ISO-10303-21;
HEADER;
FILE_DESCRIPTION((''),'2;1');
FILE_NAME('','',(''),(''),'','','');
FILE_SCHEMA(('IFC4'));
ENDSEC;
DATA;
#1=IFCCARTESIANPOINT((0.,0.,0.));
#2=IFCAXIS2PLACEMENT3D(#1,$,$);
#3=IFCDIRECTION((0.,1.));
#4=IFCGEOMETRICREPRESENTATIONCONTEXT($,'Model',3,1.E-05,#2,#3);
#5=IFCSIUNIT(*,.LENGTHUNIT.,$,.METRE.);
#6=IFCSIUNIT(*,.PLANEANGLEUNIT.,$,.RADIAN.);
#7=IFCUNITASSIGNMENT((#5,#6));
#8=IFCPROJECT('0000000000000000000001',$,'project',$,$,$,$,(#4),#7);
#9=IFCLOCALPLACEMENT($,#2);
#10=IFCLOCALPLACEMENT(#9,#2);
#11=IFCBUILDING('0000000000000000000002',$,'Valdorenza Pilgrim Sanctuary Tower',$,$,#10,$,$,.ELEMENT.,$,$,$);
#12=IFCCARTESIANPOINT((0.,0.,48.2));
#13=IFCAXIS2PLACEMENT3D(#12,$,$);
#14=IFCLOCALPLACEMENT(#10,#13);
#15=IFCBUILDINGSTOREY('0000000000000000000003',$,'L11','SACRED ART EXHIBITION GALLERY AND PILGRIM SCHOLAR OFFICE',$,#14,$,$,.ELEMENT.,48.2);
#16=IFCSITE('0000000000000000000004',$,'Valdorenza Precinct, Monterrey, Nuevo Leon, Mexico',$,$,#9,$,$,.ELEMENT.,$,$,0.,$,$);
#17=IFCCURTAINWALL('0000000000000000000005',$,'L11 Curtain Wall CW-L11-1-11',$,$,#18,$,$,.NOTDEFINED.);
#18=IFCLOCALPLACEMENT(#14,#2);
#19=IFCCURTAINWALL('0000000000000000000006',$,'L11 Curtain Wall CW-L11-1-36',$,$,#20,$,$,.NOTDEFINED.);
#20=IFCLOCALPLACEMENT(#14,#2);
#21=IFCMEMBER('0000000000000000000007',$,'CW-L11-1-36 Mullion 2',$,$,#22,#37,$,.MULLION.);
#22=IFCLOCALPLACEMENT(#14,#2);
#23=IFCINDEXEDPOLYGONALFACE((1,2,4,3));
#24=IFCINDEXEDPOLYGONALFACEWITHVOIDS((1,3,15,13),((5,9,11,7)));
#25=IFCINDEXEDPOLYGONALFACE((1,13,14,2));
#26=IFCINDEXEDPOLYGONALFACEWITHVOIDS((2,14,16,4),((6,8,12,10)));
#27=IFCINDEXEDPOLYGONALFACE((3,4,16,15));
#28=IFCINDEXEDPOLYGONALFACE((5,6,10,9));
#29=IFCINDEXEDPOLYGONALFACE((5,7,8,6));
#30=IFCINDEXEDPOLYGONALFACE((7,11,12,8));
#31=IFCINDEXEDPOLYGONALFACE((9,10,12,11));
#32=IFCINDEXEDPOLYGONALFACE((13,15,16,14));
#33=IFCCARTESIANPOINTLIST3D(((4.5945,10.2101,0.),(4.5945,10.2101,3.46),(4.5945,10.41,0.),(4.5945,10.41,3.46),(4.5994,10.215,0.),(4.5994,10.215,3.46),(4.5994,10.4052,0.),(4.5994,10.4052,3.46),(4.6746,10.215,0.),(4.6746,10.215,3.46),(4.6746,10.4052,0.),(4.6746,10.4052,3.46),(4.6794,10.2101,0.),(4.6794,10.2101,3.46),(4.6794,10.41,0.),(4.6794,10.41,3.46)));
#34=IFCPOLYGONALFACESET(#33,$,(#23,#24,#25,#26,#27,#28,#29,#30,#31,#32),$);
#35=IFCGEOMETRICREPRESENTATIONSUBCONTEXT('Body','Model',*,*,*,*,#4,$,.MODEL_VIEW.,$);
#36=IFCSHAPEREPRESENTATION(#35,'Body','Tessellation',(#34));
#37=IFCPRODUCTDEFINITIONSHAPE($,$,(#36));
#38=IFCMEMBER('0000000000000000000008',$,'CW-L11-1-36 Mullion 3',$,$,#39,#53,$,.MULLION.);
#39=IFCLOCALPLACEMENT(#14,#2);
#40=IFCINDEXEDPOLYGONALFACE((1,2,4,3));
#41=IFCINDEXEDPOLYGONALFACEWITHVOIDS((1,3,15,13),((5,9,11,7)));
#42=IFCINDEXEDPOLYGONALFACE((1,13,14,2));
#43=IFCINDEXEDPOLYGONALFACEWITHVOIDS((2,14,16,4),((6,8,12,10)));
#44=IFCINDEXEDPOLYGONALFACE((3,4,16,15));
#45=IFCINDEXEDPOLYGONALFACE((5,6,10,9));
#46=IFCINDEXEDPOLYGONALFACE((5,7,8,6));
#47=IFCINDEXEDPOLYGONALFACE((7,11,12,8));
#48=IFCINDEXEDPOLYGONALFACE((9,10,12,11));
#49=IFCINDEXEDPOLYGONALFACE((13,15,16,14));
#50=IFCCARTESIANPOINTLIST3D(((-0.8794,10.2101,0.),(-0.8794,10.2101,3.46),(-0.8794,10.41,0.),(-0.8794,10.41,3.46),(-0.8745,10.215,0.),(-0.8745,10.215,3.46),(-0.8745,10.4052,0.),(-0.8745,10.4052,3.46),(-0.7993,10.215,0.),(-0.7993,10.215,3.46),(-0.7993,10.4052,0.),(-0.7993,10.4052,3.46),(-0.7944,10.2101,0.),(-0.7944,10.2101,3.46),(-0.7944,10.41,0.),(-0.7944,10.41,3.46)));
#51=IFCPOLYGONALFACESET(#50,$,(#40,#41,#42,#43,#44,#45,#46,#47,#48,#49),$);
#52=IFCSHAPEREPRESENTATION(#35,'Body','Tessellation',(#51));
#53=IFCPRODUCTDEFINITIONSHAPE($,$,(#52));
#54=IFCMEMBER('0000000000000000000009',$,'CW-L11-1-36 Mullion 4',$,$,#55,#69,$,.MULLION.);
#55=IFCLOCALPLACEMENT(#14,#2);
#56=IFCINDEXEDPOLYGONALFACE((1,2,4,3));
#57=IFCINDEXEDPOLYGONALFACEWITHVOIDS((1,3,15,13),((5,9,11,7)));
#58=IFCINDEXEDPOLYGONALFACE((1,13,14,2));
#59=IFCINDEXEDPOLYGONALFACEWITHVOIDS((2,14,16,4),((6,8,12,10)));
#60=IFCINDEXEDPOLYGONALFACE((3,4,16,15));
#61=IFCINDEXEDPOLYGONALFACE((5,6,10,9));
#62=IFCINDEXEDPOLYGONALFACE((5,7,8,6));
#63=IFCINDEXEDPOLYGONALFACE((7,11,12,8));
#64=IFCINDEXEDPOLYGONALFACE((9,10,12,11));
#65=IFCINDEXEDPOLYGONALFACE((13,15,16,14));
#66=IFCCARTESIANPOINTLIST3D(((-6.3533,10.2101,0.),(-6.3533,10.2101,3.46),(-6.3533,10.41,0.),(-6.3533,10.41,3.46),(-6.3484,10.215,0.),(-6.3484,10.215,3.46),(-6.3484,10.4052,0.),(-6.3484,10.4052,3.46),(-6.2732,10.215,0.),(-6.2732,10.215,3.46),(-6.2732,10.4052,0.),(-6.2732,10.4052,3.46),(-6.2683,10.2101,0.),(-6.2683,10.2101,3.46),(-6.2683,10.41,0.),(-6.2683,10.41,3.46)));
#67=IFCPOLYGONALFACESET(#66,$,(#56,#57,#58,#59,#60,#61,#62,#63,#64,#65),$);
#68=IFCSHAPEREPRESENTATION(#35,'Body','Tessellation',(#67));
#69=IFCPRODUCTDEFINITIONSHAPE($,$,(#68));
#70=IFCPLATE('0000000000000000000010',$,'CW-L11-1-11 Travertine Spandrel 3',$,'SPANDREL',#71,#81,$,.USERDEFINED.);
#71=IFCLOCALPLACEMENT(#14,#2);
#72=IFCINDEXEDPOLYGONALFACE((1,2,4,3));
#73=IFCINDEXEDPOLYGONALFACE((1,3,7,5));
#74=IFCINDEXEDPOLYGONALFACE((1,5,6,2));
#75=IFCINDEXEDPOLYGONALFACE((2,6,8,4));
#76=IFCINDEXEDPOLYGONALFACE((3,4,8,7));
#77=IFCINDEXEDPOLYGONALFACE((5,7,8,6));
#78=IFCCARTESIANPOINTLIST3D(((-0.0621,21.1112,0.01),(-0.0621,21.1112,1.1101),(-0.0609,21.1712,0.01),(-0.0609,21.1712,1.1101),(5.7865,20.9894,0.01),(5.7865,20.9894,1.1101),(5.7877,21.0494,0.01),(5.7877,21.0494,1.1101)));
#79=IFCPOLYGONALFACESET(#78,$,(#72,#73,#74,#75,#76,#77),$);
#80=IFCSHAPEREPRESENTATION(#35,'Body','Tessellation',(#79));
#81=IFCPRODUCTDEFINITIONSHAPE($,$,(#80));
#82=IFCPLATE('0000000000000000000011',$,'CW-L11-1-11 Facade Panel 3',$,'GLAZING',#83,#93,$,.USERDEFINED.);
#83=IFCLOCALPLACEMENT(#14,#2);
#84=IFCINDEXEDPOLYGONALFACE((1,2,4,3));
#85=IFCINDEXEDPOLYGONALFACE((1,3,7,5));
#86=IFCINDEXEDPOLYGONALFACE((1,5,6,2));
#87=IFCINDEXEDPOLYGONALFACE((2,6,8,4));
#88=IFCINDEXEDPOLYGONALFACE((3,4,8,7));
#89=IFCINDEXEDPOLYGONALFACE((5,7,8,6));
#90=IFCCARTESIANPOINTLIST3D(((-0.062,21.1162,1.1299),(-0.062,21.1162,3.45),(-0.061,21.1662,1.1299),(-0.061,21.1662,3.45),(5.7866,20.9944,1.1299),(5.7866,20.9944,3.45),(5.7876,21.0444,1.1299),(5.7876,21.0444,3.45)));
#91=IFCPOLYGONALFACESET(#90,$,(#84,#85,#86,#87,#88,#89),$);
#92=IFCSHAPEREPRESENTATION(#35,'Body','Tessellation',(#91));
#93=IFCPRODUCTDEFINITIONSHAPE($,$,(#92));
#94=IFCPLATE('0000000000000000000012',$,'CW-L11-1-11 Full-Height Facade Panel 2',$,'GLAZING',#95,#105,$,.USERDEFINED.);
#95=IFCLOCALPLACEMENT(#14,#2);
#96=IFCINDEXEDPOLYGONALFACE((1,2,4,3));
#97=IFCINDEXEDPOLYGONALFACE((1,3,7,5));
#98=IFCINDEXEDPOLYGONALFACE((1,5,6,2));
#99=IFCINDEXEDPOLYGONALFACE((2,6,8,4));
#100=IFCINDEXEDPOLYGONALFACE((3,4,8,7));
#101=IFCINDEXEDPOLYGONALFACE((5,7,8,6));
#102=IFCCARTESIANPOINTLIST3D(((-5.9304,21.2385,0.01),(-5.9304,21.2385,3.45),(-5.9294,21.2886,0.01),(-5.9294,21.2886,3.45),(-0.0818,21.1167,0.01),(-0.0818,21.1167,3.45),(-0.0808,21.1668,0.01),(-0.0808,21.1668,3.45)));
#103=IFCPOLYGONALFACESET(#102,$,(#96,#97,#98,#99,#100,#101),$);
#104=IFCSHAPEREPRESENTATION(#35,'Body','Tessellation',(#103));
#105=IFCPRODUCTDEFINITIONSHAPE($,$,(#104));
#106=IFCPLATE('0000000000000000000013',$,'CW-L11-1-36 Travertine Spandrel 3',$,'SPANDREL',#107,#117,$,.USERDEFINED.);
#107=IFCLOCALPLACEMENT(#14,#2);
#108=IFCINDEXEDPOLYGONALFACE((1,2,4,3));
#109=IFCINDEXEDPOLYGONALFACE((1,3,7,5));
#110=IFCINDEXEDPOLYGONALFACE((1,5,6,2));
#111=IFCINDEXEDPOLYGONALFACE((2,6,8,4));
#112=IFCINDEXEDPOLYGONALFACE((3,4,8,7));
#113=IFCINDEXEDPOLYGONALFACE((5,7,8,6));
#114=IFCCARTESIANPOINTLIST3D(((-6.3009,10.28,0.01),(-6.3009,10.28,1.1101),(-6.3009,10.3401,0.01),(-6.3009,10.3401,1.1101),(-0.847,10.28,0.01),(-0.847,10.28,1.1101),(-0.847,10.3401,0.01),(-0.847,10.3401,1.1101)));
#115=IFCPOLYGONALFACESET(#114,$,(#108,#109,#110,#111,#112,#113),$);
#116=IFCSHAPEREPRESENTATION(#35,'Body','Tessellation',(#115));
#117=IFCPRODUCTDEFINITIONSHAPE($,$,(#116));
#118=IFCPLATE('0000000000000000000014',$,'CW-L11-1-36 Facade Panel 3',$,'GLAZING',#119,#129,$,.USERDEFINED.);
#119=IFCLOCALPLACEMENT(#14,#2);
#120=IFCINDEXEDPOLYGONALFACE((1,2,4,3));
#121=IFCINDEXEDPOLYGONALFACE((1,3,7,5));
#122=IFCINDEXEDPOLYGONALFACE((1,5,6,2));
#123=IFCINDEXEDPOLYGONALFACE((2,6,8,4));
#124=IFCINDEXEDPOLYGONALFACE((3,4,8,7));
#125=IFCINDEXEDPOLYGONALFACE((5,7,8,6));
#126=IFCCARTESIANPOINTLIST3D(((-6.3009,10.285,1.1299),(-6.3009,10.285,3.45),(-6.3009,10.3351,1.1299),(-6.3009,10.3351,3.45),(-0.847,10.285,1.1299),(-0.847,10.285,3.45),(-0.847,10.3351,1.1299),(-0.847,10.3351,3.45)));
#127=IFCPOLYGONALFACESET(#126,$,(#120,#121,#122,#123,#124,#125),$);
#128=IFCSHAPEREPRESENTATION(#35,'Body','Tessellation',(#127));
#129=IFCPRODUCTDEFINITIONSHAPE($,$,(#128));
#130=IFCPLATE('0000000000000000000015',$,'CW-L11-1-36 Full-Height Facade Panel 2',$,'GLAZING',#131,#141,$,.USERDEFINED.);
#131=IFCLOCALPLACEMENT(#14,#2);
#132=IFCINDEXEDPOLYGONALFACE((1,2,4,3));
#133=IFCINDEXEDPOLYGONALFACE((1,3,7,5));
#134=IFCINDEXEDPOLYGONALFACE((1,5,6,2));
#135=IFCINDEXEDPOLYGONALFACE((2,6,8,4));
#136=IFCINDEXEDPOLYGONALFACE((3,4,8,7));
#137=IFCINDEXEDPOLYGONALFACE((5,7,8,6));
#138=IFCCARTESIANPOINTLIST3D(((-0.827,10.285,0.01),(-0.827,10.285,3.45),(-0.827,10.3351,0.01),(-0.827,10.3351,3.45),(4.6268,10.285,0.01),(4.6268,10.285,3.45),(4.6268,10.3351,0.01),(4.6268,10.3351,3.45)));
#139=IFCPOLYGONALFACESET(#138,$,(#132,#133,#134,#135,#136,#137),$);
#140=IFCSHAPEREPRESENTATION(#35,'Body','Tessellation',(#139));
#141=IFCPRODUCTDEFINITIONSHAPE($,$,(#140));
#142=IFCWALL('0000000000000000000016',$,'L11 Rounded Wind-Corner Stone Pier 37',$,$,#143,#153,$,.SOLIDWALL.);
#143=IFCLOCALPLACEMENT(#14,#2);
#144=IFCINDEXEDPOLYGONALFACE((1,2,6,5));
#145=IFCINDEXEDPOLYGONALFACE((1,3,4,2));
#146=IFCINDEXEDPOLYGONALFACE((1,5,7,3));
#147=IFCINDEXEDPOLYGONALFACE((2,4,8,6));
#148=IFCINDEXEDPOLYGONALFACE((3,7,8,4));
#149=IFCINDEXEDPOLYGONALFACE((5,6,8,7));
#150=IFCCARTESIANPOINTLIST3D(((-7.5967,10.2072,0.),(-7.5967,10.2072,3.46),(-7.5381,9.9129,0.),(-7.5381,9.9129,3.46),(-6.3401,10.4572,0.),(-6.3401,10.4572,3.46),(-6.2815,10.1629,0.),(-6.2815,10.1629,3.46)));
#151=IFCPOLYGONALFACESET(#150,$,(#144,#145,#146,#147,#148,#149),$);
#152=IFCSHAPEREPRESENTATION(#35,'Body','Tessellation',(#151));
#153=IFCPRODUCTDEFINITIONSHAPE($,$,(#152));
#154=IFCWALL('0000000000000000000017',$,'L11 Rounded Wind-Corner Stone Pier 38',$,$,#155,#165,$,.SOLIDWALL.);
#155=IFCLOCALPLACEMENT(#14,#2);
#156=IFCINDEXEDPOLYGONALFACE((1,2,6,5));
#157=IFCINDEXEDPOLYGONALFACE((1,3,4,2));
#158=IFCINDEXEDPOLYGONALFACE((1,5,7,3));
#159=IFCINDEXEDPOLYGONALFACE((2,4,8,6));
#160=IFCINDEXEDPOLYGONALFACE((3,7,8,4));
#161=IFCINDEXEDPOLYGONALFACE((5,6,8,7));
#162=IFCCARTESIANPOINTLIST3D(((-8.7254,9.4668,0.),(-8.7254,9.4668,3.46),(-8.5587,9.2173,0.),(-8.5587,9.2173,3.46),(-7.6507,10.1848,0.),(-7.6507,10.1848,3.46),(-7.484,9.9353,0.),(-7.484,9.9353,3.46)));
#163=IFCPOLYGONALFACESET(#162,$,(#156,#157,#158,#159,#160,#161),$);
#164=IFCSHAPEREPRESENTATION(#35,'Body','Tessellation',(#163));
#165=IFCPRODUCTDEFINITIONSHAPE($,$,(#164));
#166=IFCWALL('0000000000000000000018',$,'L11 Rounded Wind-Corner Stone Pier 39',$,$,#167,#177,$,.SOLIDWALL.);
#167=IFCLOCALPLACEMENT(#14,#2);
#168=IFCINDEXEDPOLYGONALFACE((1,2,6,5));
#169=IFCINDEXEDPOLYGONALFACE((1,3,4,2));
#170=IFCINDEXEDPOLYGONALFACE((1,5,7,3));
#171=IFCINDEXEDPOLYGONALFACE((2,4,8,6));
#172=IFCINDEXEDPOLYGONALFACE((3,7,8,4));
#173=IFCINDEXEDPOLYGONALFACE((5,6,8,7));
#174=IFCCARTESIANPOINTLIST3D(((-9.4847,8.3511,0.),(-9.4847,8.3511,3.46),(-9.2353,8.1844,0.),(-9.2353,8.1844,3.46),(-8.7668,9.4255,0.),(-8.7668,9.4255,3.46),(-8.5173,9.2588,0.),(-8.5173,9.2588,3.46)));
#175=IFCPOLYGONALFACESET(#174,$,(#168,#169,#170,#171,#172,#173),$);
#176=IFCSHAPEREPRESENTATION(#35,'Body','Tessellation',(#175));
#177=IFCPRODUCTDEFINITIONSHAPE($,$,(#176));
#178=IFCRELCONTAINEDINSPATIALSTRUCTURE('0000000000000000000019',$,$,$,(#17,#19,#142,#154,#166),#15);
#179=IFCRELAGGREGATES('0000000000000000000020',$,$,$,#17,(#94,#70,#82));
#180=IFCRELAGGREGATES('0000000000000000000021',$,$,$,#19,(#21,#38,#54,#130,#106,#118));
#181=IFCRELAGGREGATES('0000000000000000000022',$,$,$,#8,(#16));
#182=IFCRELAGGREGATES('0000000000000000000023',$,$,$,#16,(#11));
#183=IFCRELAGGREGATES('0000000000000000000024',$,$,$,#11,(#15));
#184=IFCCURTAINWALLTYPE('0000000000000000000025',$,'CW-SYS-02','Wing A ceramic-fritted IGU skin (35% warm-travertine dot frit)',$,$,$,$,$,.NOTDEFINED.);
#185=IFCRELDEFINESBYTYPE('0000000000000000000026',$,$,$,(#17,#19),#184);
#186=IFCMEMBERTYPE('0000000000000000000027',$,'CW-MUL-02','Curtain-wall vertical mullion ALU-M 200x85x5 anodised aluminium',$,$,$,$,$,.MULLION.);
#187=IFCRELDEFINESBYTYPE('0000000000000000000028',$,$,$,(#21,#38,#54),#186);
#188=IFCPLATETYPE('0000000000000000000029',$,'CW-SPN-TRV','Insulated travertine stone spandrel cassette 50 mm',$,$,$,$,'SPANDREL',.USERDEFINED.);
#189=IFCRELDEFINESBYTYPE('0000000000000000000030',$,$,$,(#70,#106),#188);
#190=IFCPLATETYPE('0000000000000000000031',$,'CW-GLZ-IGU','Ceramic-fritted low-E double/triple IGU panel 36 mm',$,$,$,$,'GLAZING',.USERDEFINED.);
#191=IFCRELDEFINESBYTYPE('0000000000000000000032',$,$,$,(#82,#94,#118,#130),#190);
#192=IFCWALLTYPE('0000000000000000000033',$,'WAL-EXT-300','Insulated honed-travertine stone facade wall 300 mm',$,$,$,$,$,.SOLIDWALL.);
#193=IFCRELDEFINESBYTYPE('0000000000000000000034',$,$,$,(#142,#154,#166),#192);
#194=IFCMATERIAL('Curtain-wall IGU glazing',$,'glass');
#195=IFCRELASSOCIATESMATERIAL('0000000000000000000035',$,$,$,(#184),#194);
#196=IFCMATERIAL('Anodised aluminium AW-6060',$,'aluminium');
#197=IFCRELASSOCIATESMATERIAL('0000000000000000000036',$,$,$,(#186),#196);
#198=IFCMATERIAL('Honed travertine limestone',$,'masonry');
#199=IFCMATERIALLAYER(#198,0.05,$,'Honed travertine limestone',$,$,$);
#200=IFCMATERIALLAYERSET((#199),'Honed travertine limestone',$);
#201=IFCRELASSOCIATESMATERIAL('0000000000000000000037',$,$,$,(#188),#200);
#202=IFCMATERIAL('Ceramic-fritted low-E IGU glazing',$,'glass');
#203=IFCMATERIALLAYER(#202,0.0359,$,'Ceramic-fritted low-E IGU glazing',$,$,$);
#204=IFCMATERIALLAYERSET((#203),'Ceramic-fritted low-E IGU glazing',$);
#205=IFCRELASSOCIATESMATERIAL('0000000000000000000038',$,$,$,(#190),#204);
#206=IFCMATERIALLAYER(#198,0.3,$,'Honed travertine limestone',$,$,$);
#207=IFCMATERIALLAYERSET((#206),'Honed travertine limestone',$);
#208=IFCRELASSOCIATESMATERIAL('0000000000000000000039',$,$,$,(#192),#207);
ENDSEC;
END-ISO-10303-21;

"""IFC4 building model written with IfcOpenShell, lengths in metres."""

from ifc_helpers import new_model, si_unit, direction, frame, frame_2d, origin, origin_2d, place, context, subcontext, project, spatial, rectangle, hollow_rectangle, extrude, source, transform, mapped, material, layer, layer_set, material_profile, profile_set, type_object, element, aggregate, save


model = new_model("IFC4")

# Units and contexts
model_context = context("Model", 3, precision=1e-05, world=origin(), true_north=direction((0.0, 1.0)))
body_context = subcontext(model_context, "Body", "Model", "MODEL_VIEW")
ifc_project = project(units=[si_unit("LENGTHUNIT", "METRE"), si_unit("PLANEANGLEUNIT", "RADIAN")], contexts=[model_context])

# Site, building, storey
site_placement = place(None, origin())
site = spatial("IfcSite", under=ifc_project, at=site_placement, Name="Valdorenza Precinct, Monterrey, Nuevo Leon, Mexico", CompositionType="ELEMENT", RefElevation=0.0)
building_placement = place(site_placement, origin())
building = spatial("IfcBuilding", under=site, at=building_placement, Name="Valdorenza Pilgrim Sanctuary Tower", CompositionType="ELEMENT")
storey_placement = place(building_placement, frame((0.0, 0.0, 48.2)))
storey = spatial("IfcBuildingStorey", under=building, at=storey_placement, Name="L11", Description="SACRED ART EXHIBITION GALLERY AND PILGRIM SCHOLAR OFFICE", CompositionType="ELEMENT", Elevation=48.2)

# Curtain walls, members
ifc_material_1 = material(Name="Curtain-wall IGU glazing", Category="glass")
curtain_wall_type = type_object("IfcCurtainWallType", Name="CW-SYS-02", Description="Wing A ceramic-fritted IGU skin (35% warm-travertine dot frit)", PredefinedType="NOTDEFINED", material=ifc_material_1)
curtain_wall_1_placement = place(storey_placement, origin())
curtain_wall_1 = element("IfcCurtainWall", 1, at=curtain_wall_1_placement, inside=storey, type_object=curtain_wall_type, Name="L11 Curtain Wall CW-L11-1-11", PredefinedType="NOTDEFINED")
ifc_material_2 = material(Name="Anodised aluminium AW-6060", Category="aluminium")
ifc_material_profile_1 = material_profile(ifc_material_2, hollow_rectangle(XDim=0.085, YDim=0.2, WallThickness=0.0049, at=origin_2d()), Name="ALU-M 200x85x5")
ifc_profile_set_1 = profile_set([ifc_material_profile_1], Name="Anodised aluminium AW-6060")
member_type = type_object("IfcMemberType", Name="CW-MUL-02", Description="Curtain-wall vertical mullion ALU-M 200x85x5 anodised aluminium", PredefinedType="MULLION", material=ifc_profile_set_1)
shared_shape_1 = source(origin(), body_context, "Body", "SweptSolid", [
    extrude(hollow_rectangle(XDim=0.085, YDim=0.2, WallThickness=0.0049, at=origin_2d()), origin(), (0.0, 0.0, 1.0), 3.46),
])
curtain_wall_2_placement = place(storey_placement, origin())
curtain_wall_2 = element("IfcCurtainWall", 2, at=curtain_wall_2_placement, inside=storey, type_object=curtain_wall_type, Name="L11 Curtain Wall CW-L11-1-36", PredefinedType="NOTDEFINED")
member_1_placement = place(storey_placement, frame((4.637, 10.3101, 0.0), z_axis=(0.0, 0.0, 1.0), x_axis=(-1.0, 0.0, 0.0)))
member_1 = element("IfcMember", 3, at=member_1_placement, type_object=member_type, Name="CW-L11-1-36 Mullion 2", PredefinedType="MULLION", context=body_context, shape_type="MappedRepresentation", body=[
    mapped(shared_shape_1, transform((0.0, 0.0, 0.0), x_axis=(1.0, 0.0, 0.0), y_axis=(0.0, 1.0, 0.0), z_axis=(0.0, 0.0, 1.0), scale=1.0)),
])
member_2_placement = place(storey_placement, frame((-0.8369, 10.3101, 0.0), z_axis=(0.0, 0.0, 1.0), x_axis=(-1.0, 0.0, 0.0)))
member_2 = element("IfcMember", 4, at=member_2_placement, type_object=member_type, Name="CW-L11-1-36 Mullion 3", PredefinedType="MULLION", context=body_context, shape_type="MappedRepresentation", body=[
    mapped(shared_shape_1, transform((0.0, 0.0, 0.0), x_axis=(1.0, 0.0, 0.0), y_axis=(0.0, 1.0, 0.0), z_axis=(0.0, 0.0, 1.0), scale=1.0)),
])
member_3_placement = place(storey_placement, frame((-6.3108, 10.3101, 0.0), z_axis=(0.0, 0.0, 1.0), x_axis=(-1.0, 0.0, 0.0)))
member_3 = element("IfcMember", 5, at=member_3_placement, type_object=member_type, Name="CW-L11-1-36 Mullion 4", PredefinedType="MULLION", context=body_context, shape_type="MappedRepresentation", body=[
    mapped(shared_shape_1, transform((0.0, 0.0, 0.0), x_axis=(1.0, 0.0, 0.0), y_axis=(0.0, 1.0, 0.0), z_axis=(0.0, 0.0, 1.0), scale=1.0)),
])

# Plates
ifc_material_3 = material(Name="Honed travertine limestone", Category="masonry")
ifc_layer_1 = layer(ifc_material_3, 0.05, Name="Honed travertine limestone")
ifc_layer_set_1 = layer_set([ifc_layer_1], Name="Honed travertine limestone")
plate_type_1 = type_object("IfcPlateType", Name="CW-SPN-TRV", Description="Insulated travertine stone spandrel cassette 50 mm", ElementType="SPANDREL", PredefinedType="USERDEFINED", material=ifc_layer_set_1)
shared_shape_2 = source(origin(), body_context, "Body", "SweptSolid", [
    extrude(rectangle(XDim=5.8499, YDim=0.0601, at=origin_2d()), origin(), (0.0, 0.0, 1.0), 1.1001),
])
plate_1_placement = place(storey_placement, frame((2.8628, 21.0803, 0.01), z_axis=(0.0, 0.0, 1.0), x_axis=(0.999783, -0.02082, 0.0)))
plate_1 = element("IfcPlate", 6, at=plate_1_placement, type_object=plate_type_1, Name="CW-L11-1-11 Travertine Spandrel 3", ObjectType="SPANDREL", PredefinedType="USERDEFINED", context=body_context, shape_type="MappedRepresentation", body=[
    mapped(shared_shape_2, transform((0.0, 0.0, 0.0), x_axis=(1.0, 0.0, 0.0), y_axis=(0.0, 1.0, 0.0), z_axis=(0.0, 0.0, 1.0), scale=1.0)),
])
ifc_material_4 = material(Name="Ceramic-fritted low-E IGU glazing", Category="glass")
ifc_layer_2 = layer(ifc_material_4, 0.0359, Name="Ceramic-fritted low-E IGU glazing")
ifc_layer_set_2 = layer_set([ifc_layer_2], Name="Ceramic-fritted low-E IGU glazing")
plate_type_2 = type_object("IfcPlateType", Name="CW-GLZ-IGU", Description="Ceramic-fritted low-E double/triple IGU panel 36 mm", ElementType="GLAZING", PredefinedType="USERDEFINED", material=ifc_layer_set_2)
shared_shape_3 = source(origin(), body_context, "Body", "SweptSolid", [
    extrude(rectangle(XDim=5.8499, YDim=0.05, at=origin_2d()), origin(), (0.0, 0.0, 1.0), 2.3201),
])
plate_2_placement = place(storey_placement, frame((2.8628, 21.0803, 1.1299), z_axis=(0.0, 0.0, 1.0), x_axis=(0.999783, -0.02082, 0.0)))
plate_2 = element("IfcPlate", 7, at=plate_2_placement, type_object=plate_type_2, Name="CW-L11-1-11 Facade Panel 3", ObjectType="GLAZING", PredefinedType="USERDEFINED", context=body_context, shape_type="MappedRepresentation", body=[
    mapped(shared_shape_3, transform((0.0, 0.0, 0.0), x_axis=(1.0, 0.0, 0.0), y_axis=(0.0, 1.0, 0.0), z_axis=(0.0, 0.0, 1.0), scale=1.0)),
])
shared_shape_4 = source(origin(), body_context, "Body", "SweptSolid", [
    extrude(rectangle(XDim=5.8499, YDim=0.05, at=origin_2d()), origin(), (0.0, 0.0, 1.0), 3.4399),
])
plate_3_placement = place(storey_placement, frame((-3.0056, 21.2026, 0.01), z_axis=(0.0, 0.0, 1.0), x_axis=(0.999783, -0.02082, 0.0)))
plate_3 = element("IfcPlate", 8, at=plate_3_placement, type_object=plate_type_2, Name="CW-L11-1-11 Full-Height Facade Panel 2", ObjectType="GLAZING", PredefinedType="USERDEFINED", context=body_context, shape_type="MappedRepresentation", body=[
    mapped(shared_shape_4, transform((0.0, 0.0, 0.0), x_axis=(1.0, 0.0, 0.0), y_axis=(0.0, 1.0, 0.0), z_axis=(0.0, 0.0, 1.0), scale=1.0)),
])
aggregate(curtain_wall_1, [plate_3, plate_1, plate_2])
shared_shape_5 = source(origin(), body_context, "Body", "SweptSolid", [
    extrude(rectangle(XDim=5.4539, YDim=0.0601, at=origin_2d()), origin(), (0.0, 0.0, 1.0), 1.1001),
])
plate_4_placement = place(storey_placement, frame((-3.574, 10.3101, 0.01), z_axis=(0.0, 0.0, 1.0), x_axis=(-1.0, 0.0, 0.0)))
plate_4 = element("IfcPlate", 9, at=plate_4_placement, type_object=plate_type_1, Name="CW-L11-1-36 Travertine Spandrel 3", ObjectType="SPANDREL", PredefinedType="USERDEFINED", context=body_context, shape_type="MappedRepresentation", body=[
    mapped(shared_shape_5, transform((0.0, 0.0, 0.0), x_axis=(1.0, 0.0, 0.0), y_axis=(0.0, 1.0, 0.0), z_axis=(0.0, 0.0, 1.0), scale=1.0)),
])
shared_shape_6 = source(origin(), body_context, "Body", "SweptSolid", [
    extrude(rectangle(XDim=5.4539, YDim=0.05, at=origin_2d()), origin(), (0.0, 0.0, 1.0), 2.3201),
])
plate_5_placement = place(storey_placement, frame((-3.574, 10.3101, 1.1299), z_axis=(0.0, 0.0, 1.0), x_axis=(-1.0, 0.0, 0.0)))
plate_5 = element("IfcPlate", 10, at=plate_5_placement, type_object=plate_type_2, Name="CW-L11-1-36 Facade Panel 3", ObjectType="GLAZING", PredefinedType="USERDEFINED", context=body_context, shape_type="MappedRepresentation", body=[
    mapped(shared_shape_6, transform((0.0, 0.0, 0.0), x_axis=(1.0, 0.0, 0.0), y_axis=(0.0, 1.0, 0.0), z_axis=(0.0, 0.0, 1.0), scale=1.0)),
])
shared_shape_7 = source(origin(), body_context, "Body", "SweptSolid", [
    extrude(rectangle(XDim=5.4539, YDim=0.05, at=origin_2d()), origin(), (0.0, 0.0, 1.0), 3.4399),
])
plate_6_placement = place(storey_placement, frame((1.8999, 10.3101, 0.01), z_axis=(0.0, 0.0, 1.0), x_axis=(-1.0, 0.0, 0.0)))
plate_6 = element("IfcPlate", 11, at=plate_6_placement, type_object=plate_type_2, Name="CW-L11-1-36 Full-Height Facade Panel 2", ObjectType="GLAZING", PredefinedType="USERDEFINED", context=body_context, shape_type="MappedRepresentation", body=[
    mapped(shared_shape_7, transform((0.0, 0.0, 0.0), x_axis=(1.0, 0.0, 0.0), y_axis=(0.0, 1.0, 0.0), z_axis=(0.0, 0.0, 1.0), scale=1.0)),
])
aggregate(curtain_wall_2, [member_1, member_2, member_3, plate_6, plate_4, plate_5])

# Walls
ifc_layer_3 = layer(ifc_material_3, 0.3, Name="Honed travertine limestone")
ifc_layer_set_3 = layer_set([ifc_layer_3], Name="Honed travertine limestone")
wall_type_1 = type_object("IfcWallType", Name="WAL-EXT-300", Description="Insulated honed-travertine stone facade wall 300 mm", PredefinedType="SOLIDWALL", material=ifc_layer_set_3)
wall_1_placement = place(storey_placement, frame((-6.3108, 10.3101, 0.0), z_axis=(0.0, 0.0, 1.0), x_axis=(-0.980778, -0.195127, 0.0)))
element("IfcWall", 12, at=wall_1_placement, inside=storey, type_object=wall_type_1, Name="L11 Rounded Wind-Corner Stone Pier 37", PredefinedType="SOLIDWALL", context=body_context, shape_type="SweptSolid", body=[
    extrude(rectangle(XDim=1.2812, YDim=0.3, at=frame_2d((0.6406, 0.0))), origin(), (0.0, 0.0, 1.0), 3.46),
])
wall_2_placement = place(storey_placement, frame((-7.5674, 10.0601, 0.0), z_axis=(0.0, 0.0, 1.0), x_axis=(-0.831498, -0.555528, 0.0)))
element("IfcWall", 13, at=wall_2_placement, inside=storey, type_object=wall_type_1, Name="L11 Rounded Wind-Corner Stone Pier 38", PredefinedType="SOLIDWALL", context=body_context, shape_type="SweptSolid", body=[
    extrude(rectangle(XDim=1.2925, YDim=0.3, at=frame_2d((0.6462, 0.0))), origin(), (0.0, 0.0, 1.0), 3.46),
])
wall_3_placement = place(storey_placement, frame((-8.6421, 9.342, 0.0), z_axis=(0.0, 0.0, 1.0), x_axis=(-0.555615, -0.831439, 0.0)))
element("IfcWall", 14, at=wall_3_placement, inside=storey, type_object=wall_type_1, Name="L11 Rounded Wind-Corner Stone Pier 39", PredefinedType="SOLIDWALL", context=body_context, shape_type="SweptSolid", body=[
    extrude(rectangle(XDim=1.2922, YDim=0.3, at=frame_2d((0.646, 0.0))), origin(), (0.0, 0.0, 1.0), 3.46),
])

save(model, "model.ifc")
